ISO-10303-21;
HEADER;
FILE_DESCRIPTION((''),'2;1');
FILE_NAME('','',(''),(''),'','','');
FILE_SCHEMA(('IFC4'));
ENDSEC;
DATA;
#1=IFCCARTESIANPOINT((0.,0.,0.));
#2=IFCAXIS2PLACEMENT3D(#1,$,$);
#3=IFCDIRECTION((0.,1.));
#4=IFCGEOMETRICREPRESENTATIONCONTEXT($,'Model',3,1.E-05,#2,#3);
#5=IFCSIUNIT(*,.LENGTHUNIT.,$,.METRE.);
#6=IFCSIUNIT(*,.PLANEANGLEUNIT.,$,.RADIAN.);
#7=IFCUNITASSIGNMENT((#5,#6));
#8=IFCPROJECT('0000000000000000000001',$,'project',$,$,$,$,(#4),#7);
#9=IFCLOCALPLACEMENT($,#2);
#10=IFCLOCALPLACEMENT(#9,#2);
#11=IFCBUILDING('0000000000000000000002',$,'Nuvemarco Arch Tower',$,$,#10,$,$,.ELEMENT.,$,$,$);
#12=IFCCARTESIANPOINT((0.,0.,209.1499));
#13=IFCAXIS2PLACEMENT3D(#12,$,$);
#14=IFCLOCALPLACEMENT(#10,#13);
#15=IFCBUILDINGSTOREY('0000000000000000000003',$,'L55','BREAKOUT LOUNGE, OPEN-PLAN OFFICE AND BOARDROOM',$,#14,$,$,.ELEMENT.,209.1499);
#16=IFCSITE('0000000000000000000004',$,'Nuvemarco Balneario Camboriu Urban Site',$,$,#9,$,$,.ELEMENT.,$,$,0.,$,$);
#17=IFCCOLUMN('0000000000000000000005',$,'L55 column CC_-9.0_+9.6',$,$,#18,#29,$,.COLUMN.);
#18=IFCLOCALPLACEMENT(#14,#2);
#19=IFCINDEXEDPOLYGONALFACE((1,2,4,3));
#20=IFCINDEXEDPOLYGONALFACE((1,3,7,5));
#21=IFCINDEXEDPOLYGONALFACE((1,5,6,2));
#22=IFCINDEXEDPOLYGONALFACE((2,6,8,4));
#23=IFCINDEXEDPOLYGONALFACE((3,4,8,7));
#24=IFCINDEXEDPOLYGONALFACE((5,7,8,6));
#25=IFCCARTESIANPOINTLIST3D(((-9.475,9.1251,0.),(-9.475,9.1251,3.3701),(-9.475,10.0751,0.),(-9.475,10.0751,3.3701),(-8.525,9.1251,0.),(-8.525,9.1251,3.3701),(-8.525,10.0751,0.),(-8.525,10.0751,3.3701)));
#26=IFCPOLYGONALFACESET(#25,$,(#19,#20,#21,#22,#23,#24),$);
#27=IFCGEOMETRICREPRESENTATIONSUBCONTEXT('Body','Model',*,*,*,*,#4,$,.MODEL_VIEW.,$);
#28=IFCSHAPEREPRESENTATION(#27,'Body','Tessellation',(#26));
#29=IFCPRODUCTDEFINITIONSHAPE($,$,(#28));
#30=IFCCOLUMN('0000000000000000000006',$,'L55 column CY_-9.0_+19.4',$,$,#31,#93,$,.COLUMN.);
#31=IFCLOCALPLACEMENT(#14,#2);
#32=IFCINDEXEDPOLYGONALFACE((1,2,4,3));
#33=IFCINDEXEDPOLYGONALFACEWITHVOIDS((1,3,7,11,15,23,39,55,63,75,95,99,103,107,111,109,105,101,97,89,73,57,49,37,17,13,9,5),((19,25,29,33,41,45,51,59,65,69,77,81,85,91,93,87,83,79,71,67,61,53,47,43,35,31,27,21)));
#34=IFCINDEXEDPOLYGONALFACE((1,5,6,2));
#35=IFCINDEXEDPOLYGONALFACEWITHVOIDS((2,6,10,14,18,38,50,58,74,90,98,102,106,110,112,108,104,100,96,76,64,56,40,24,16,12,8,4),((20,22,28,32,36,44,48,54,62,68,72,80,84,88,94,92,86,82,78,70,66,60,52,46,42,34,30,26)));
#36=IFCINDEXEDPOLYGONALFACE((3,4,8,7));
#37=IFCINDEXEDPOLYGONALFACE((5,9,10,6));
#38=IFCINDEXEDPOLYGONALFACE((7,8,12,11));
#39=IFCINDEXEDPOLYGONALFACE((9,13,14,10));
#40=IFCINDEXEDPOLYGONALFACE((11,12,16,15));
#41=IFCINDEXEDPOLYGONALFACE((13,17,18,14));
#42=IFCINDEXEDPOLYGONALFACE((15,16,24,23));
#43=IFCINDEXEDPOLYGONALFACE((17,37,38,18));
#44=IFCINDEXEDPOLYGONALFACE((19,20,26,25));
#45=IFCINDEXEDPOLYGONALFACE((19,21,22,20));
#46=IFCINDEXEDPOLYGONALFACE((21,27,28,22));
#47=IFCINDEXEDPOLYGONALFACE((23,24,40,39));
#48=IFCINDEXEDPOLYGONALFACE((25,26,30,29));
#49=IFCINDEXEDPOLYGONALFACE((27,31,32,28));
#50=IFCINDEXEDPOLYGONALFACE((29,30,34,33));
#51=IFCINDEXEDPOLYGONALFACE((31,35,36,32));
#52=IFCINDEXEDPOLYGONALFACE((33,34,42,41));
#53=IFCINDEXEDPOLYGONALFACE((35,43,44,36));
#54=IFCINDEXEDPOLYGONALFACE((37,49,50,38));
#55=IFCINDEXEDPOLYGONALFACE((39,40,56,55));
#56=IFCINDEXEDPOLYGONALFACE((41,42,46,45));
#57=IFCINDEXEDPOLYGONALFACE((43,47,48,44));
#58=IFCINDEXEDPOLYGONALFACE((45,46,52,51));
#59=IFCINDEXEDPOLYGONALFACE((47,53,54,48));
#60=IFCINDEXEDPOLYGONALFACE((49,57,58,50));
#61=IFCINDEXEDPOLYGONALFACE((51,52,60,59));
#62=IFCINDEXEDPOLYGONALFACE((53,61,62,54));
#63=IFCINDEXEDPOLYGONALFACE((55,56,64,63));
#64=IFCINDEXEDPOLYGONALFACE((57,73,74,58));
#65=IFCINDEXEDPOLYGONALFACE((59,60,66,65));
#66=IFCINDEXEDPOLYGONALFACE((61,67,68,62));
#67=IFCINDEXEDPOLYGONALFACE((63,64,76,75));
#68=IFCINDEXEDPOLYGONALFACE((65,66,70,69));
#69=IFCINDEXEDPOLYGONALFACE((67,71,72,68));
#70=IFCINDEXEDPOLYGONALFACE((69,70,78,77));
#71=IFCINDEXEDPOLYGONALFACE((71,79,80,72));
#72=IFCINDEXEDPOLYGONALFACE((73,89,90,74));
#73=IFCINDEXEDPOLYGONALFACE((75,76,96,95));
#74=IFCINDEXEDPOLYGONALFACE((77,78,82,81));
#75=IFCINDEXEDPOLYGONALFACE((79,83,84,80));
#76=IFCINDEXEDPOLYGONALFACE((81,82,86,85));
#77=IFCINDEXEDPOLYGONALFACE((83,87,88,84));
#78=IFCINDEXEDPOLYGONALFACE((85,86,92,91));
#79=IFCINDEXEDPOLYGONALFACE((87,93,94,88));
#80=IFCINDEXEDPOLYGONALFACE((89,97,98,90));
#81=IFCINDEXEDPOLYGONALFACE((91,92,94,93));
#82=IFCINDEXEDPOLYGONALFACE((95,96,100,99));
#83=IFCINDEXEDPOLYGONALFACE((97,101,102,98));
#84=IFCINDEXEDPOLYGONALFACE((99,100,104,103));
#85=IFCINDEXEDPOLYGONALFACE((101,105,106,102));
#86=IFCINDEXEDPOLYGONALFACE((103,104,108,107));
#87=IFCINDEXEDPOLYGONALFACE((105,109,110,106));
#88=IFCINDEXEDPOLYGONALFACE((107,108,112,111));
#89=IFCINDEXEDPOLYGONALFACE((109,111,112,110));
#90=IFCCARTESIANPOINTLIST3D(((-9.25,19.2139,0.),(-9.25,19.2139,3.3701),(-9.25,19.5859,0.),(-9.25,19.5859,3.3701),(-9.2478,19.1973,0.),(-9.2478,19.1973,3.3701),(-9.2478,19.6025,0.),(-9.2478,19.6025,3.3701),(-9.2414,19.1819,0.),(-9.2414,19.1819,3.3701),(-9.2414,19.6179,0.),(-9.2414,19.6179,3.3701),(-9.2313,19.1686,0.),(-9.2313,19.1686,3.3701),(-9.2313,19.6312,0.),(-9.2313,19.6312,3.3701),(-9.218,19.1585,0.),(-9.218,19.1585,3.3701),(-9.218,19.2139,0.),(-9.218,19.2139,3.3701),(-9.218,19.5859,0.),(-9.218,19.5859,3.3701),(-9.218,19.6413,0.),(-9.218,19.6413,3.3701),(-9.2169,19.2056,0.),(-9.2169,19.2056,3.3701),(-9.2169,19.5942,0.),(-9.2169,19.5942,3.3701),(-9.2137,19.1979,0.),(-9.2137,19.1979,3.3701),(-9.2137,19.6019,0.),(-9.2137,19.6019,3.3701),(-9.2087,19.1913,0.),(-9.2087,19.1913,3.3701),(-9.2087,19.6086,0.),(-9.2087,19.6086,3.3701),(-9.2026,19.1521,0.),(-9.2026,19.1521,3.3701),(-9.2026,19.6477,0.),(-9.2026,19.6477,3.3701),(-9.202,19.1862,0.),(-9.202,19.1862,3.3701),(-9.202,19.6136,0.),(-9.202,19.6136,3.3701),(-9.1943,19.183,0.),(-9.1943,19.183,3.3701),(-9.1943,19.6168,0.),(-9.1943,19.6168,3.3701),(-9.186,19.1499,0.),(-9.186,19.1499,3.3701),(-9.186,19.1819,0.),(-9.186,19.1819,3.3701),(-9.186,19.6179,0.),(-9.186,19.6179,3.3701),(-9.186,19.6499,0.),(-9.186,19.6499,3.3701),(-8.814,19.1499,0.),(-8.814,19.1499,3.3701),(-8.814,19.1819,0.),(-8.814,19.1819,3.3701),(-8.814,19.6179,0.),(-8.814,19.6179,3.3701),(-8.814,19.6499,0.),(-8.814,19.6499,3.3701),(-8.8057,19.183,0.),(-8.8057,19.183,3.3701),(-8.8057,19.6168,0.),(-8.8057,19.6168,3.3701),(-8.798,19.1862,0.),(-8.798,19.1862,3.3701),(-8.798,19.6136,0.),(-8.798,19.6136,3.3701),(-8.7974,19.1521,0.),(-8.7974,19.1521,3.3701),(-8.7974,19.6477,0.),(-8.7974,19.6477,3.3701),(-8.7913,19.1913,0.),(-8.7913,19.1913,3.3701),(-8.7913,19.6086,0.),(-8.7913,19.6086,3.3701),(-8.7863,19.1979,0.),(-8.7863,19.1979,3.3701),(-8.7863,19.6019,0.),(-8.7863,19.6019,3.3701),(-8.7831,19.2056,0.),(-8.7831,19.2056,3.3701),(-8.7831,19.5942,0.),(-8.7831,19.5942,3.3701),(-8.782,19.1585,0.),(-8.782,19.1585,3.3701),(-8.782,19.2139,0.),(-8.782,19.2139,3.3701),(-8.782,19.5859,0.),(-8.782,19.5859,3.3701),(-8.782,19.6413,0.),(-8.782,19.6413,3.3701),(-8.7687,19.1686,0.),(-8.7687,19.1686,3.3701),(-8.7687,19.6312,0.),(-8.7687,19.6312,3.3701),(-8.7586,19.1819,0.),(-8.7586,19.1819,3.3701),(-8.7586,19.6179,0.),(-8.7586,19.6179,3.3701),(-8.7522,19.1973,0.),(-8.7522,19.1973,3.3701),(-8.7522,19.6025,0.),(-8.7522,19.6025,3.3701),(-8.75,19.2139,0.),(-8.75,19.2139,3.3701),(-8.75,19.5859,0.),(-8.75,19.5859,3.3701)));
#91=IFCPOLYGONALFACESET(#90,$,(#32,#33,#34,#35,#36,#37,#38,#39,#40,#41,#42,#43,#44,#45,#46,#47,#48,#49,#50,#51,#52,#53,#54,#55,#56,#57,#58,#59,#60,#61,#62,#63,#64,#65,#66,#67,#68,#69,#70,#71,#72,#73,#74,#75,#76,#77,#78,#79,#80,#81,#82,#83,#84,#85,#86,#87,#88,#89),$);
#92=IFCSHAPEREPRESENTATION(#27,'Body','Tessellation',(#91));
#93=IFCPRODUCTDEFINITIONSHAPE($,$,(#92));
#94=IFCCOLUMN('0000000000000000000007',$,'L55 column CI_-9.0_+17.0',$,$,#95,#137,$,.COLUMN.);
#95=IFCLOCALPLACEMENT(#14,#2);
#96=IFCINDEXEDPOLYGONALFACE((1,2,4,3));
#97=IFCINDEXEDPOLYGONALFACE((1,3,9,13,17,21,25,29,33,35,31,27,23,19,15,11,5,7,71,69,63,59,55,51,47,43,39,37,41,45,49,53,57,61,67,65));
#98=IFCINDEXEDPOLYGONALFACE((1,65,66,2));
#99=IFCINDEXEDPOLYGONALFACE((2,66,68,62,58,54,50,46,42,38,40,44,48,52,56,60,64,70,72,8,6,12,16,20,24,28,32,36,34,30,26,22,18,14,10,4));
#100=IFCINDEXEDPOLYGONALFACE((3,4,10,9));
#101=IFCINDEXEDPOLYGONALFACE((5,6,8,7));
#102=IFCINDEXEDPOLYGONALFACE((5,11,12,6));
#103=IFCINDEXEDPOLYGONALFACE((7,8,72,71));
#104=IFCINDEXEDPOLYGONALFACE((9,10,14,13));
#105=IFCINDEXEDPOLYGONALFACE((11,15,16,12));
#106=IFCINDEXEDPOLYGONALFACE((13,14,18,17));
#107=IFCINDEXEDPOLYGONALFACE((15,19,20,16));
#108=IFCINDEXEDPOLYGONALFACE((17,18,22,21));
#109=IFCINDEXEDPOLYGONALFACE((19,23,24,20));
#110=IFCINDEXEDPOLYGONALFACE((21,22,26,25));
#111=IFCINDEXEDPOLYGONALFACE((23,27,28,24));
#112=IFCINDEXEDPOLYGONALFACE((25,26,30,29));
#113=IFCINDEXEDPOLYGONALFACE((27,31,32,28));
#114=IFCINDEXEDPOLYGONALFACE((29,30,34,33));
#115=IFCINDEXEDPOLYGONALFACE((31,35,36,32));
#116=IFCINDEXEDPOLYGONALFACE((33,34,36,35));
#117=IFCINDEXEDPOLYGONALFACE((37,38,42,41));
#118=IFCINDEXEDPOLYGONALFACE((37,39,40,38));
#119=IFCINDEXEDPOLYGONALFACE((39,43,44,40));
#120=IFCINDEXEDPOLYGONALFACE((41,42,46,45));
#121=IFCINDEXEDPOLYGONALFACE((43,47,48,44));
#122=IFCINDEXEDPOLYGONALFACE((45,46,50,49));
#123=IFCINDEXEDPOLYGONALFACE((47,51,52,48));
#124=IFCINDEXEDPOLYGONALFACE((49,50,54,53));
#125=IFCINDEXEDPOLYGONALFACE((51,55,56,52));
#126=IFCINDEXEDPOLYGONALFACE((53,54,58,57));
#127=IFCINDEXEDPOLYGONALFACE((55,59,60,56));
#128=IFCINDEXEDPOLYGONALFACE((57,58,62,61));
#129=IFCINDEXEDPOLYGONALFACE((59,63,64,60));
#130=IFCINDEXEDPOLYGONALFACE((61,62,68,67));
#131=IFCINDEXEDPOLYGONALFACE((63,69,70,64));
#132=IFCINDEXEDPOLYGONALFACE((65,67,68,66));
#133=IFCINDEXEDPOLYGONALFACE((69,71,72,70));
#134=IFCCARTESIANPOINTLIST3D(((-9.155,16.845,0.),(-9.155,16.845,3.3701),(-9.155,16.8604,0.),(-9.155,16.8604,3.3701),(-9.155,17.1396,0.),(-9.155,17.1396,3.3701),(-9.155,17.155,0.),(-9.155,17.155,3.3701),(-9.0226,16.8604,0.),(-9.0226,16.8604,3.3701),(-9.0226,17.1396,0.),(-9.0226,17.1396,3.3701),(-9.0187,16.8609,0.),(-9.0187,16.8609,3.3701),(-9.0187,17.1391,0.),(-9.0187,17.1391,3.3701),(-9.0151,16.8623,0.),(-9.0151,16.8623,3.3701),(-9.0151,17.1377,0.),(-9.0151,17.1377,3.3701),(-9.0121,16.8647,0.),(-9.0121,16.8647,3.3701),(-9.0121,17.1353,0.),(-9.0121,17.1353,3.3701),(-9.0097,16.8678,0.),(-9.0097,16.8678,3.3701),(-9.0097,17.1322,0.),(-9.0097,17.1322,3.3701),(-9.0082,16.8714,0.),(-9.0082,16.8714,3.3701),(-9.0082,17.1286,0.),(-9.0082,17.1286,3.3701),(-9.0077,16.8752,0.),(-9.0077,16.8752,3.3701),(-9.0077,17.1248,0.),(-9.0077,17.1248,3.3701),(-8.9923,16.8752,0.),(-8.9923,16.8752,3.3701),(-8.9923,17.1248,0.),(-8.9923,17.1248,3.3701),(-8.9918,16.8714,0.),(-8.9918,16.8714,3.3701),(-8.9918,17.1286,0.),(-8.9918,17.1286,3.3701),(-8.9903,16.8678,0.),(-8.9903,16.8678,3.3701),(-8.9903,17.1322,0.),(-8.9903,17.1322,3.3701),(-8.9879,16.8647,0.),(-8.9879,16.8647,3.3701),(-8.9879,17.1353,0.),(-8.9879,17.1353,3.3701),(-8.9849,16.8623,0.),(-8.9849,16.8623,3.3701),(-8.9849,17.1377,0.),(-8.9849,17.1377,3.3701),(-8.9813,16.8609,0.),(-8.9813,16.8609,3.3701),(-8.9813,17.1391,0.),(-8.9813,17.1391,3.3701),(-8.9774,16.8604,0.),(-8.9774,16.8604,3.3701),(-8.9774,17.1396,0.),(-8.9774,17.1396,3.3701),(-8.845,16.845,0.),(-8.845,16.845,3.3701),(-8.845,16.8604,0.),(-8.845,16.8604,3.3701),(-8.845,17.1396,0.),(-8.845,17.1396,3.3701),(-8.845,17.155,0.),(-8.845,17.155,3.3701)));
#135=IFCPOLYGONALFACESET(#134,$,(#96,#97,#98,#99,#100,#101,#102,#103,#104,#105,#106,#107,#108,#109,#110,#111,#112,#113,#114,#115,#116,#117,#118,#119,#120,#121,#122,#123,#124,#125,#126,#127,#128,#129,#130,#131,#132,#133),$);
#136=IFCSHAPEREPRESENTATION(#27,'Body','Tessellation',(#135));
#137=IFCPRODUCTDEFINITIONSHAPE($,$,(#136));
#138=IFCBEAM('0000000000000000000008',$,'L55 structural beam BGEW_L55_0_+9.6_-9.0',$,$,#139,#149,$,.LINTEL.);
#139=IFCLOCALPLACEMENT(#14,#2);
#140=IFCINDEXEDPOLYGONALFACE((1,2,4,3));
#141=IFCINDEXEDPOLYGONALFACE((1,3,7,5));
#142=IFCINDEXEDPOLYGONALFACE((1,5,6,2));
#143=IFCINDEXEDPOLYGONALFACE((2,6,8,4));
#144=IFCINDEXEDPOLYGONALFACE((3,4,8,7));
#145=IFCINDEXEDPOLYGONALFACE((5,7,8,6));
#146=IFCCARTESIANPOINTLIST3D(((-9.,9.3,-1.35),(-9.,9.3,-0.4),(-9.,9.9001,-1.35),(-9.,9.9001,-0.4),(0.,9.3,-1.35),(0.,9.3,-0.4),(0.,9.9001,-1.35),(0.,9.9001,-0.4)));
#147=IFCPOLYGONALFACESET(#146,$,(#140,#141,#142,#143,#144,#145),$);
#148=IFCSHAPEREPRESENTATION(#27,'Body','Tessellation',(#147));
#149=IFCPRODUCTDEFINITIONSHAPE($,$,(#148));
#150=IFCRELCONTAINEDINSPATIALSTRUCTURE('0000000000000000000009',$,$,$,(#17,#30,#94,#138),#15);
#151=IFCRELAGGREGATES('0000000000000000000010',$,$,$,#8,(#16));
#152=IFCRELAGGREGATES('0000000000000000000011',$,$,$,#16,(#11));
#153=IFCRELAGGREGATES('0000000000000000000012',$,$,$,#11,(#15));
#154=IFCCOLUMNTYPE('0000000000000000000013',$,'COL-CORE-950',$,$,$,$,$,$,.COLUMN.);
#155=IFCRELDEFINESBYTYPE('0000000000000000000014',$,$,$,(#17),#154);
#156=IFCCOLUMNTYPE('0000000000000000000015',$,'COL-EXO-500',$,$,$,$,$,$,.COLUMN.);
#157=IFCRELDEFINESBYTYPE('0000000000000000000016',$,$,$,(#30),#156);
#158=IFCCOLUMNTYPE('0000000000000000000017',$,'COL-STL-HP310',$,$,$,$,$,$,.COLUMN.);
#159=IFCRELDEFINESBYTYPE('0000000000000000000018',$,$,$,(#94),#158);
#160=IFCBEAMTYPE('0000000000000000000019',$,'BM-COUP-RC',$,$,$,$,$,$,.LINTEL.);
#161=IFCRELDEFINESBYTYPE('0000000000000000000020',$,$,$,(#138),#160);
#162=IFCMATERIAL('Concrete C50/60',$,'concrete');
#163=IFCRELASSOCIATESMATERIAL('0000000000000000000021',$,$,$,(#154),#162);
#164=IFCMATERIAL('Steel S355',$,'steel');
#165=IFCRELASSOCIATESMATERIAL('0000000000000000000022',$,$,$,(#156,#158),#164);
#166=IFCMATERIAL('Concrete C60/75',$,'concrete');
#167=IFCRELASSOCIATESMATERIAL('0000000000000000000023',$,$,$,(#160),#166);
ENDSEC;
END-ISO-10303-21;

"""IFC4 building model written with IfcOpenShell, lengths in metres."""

from ifc_helpers import new_model, si_unit, direction, frame, origin, origin_2d, place, context, subcontext, project, spatial, rectangle, hollow_rectangle, i_section, extrude, material, material_profile, profile_set, type_object, element, save


model = new_model("IFC4")

# Units and contexts
model_context = context("Model", 3, precision=1e-05, world=origin(), true_north=direction((0.0, 1.0)))
body_context = subcontext(model_context, "Body", "Model", "MODEL_VIEW")
ifc_project = project(units=[si_unit("LENGTHUNIT", "METRE"), si_unit("PLANEANGLEUNIT", "RADIAN")], contexts=[model_context])

# Site, building, storey
site_placement = place(None, origin())
site = spatial("IfcSite", under=ifc_project, at=site_placement, Name="Nuvemarco Balneario Camboriu Urban Site", CompositionType="ELEMENT", RefElevation=0.0)
building_placement = place(site_placement, origin())
building = spatial("IfcBuilding", under=site, at=building_placement, Name="Nuvemarco Arch Tower", CompositionType="ELEMENT")
storey_placement = place(building_placement, frame((0.0, 0.0, 209.1499)))
storey = spatial("IfcBuildingStorey", under=building, at=storey_placement, Name="L55", Description="BREAKOUT LOUNGE, OPEN-PLAN OFFICE AND BOARDROOM", CompositionType="ELEMENT", Elevation=209.1499)

# Columns
ifc_material_1 = material(Name="Concrete C50/60", Category="concrete")
ifc_material_profile_1 = material_profile(ifc_material_1, rectangle(XDim=0.95, YDim=0.95, at=origin_2d()), Name="RC-COL-950x950")
ifc_profile_set_1 = profile_set([ifc_material_profile_1], Name="Concrete C50/60")
column_type_1 = type_object("IfcColumnType", Name="COL-CORE-950", PredefinedType="COLUMN", material=ifc_profile_set_1)
column_1_placement = place(storey_placement, frame((-9.0, 9.6001, 0.0), z_axis=(0.0, 0.0, 1.0), x_axis=(1.0, 0.0, 0.0)))
element("IfcColumn", 1, at=column_1_placement, inside=storey, type_object=column_type_1, Name="L55 column CC_-9.0_+9.6", PredefinedType="COLUMN", context=body_context, shape_type="SweptSolid", body=[
    extrude(rectangle(XDim=0.95, YDim=0.95, at=origin_2d()), origin(), (0.0, 0.0, 1.0), 3.3701),
])
ifc_material_2 = material(Name="Steel S355", Category="steel")
ifc_material_profile_2 = material_profile(ifc_material_2, hollow_rectangle(XDim=0.5, YDim=0.5, WallThickness=0.032, InnerFilletRadius=0.032, OuterFilletRadius=0.064, at=origin_2d()), Name="SHS500x500x32")
ifc_profile_set_2 = profile_set([ifc_material_profile_2], Name="Steel S355")
column_type_2 = type_object("IfcColumnType", Name="COL-EXO-500", PredefinedType="COLUMN", material=ifc_profile_set_2)
column_2_placement = place(storey_placement, frame((-9.0, 19.3999, 0.0), z_axis=(0.0, 0.0, 1.0), x_axis=(1.0, 0.0, 0.0)))
element("IfcColumn", 2, at=column_2_placement, inside=storey, type_object=column_type_2, Name="L55 column CY_-9.0_+19.4", PredefinedType="COLUMN", context=body_context, shape_type="SweptSolid", body=[
    extrude(hollow_rectangle(XDim=0.5, YDim=0.5, WallThickness=0.032, InnerFilletRadius=0.032, OuterFilletRadius=0.064, at=origin_2d()), origin(), (0.0, 0.0, 1.0), 3.3701),
])
ifc_material_profile_3 = material_profile(ifc_material_2, i_section(OverallWidth=0.3101, OverallDepth=0.3101, WebThickness=0.0154, FlangeThickness=0.0154, FilletRadius=0.0149, at=origin_2d()), Name="HP310x110")
ifc_profile_set_3 = profile_set([ifc_material_profile_3], Name="Steel S355")
column_type_3 = type_object("IfcColumnType", Name="COL-STL-HP310", PredefinedType="COLUMN", material=ifc_profile_set_3)
column_3_placement = place(storey_placement, frame((-9.0, 17.0, 0.0), z_axis=(0.0, 0.0, 1.0), x_axis=(1.0, 0.0, 0.0)))
element("IfcColumn", 3, at=column_3_placement, inside=storey, type_object=column_type_3, Name="L55 column CI_-9.0_+17.0", PredefinedType="COLUMN", context=body_context, shape_type="SweptSolid", body=[
    extrude(i_section(OverallWidth=0.3101, OverallDepth=0.3101, WebThickness=0.0154, FlangeThickness=0.0154, FilletRadius=0.0149, at=origin_2d()), origin(), (0.0, 0.0, 1.0), 3.3701),
])

# Beam
ifc_material_3 = material(Name="Concrete C60/75", Category="concrete")
ifc_material_profile_4 = material_profile(ifc_material_3, rectangle(XDim=0.6001, YDim=0.95, at=origin_2d()), Name="RC-BM-600x950")
ifc_profile_set_4 = profile_set([ifc_material_profile_4], Name="Concrete C60/75")
beam_type_1 = type_object("IfcBeamType", Name="BM-COUP-RC", PredefinedType="LINTEL", material=ifc_profile_set_4)
beam_1_placement = place(storey_placement, frame((-9.0, 9.6001, -0.875), z_axis=(1.0, 0.0, 0.0), x_axis=(0.0, 1.0, 0.0)))
element("IfcBeam", 4, at=beam_1_placement, inside=storey, type_object=beam_type_1, Name="L55 structural beam BGEW_L55_0_+9.6_-9.0", PredefinedType="LINTEL", context=body_context, shape_type="SweptSolid", body=[
    extrude(rectangle(XDim=0.6001, YDim=0.95, at=origin_2d()), origin(), (0.0, 0.0, 1.0), 9.0),
])

save(model, "model.ifc")
